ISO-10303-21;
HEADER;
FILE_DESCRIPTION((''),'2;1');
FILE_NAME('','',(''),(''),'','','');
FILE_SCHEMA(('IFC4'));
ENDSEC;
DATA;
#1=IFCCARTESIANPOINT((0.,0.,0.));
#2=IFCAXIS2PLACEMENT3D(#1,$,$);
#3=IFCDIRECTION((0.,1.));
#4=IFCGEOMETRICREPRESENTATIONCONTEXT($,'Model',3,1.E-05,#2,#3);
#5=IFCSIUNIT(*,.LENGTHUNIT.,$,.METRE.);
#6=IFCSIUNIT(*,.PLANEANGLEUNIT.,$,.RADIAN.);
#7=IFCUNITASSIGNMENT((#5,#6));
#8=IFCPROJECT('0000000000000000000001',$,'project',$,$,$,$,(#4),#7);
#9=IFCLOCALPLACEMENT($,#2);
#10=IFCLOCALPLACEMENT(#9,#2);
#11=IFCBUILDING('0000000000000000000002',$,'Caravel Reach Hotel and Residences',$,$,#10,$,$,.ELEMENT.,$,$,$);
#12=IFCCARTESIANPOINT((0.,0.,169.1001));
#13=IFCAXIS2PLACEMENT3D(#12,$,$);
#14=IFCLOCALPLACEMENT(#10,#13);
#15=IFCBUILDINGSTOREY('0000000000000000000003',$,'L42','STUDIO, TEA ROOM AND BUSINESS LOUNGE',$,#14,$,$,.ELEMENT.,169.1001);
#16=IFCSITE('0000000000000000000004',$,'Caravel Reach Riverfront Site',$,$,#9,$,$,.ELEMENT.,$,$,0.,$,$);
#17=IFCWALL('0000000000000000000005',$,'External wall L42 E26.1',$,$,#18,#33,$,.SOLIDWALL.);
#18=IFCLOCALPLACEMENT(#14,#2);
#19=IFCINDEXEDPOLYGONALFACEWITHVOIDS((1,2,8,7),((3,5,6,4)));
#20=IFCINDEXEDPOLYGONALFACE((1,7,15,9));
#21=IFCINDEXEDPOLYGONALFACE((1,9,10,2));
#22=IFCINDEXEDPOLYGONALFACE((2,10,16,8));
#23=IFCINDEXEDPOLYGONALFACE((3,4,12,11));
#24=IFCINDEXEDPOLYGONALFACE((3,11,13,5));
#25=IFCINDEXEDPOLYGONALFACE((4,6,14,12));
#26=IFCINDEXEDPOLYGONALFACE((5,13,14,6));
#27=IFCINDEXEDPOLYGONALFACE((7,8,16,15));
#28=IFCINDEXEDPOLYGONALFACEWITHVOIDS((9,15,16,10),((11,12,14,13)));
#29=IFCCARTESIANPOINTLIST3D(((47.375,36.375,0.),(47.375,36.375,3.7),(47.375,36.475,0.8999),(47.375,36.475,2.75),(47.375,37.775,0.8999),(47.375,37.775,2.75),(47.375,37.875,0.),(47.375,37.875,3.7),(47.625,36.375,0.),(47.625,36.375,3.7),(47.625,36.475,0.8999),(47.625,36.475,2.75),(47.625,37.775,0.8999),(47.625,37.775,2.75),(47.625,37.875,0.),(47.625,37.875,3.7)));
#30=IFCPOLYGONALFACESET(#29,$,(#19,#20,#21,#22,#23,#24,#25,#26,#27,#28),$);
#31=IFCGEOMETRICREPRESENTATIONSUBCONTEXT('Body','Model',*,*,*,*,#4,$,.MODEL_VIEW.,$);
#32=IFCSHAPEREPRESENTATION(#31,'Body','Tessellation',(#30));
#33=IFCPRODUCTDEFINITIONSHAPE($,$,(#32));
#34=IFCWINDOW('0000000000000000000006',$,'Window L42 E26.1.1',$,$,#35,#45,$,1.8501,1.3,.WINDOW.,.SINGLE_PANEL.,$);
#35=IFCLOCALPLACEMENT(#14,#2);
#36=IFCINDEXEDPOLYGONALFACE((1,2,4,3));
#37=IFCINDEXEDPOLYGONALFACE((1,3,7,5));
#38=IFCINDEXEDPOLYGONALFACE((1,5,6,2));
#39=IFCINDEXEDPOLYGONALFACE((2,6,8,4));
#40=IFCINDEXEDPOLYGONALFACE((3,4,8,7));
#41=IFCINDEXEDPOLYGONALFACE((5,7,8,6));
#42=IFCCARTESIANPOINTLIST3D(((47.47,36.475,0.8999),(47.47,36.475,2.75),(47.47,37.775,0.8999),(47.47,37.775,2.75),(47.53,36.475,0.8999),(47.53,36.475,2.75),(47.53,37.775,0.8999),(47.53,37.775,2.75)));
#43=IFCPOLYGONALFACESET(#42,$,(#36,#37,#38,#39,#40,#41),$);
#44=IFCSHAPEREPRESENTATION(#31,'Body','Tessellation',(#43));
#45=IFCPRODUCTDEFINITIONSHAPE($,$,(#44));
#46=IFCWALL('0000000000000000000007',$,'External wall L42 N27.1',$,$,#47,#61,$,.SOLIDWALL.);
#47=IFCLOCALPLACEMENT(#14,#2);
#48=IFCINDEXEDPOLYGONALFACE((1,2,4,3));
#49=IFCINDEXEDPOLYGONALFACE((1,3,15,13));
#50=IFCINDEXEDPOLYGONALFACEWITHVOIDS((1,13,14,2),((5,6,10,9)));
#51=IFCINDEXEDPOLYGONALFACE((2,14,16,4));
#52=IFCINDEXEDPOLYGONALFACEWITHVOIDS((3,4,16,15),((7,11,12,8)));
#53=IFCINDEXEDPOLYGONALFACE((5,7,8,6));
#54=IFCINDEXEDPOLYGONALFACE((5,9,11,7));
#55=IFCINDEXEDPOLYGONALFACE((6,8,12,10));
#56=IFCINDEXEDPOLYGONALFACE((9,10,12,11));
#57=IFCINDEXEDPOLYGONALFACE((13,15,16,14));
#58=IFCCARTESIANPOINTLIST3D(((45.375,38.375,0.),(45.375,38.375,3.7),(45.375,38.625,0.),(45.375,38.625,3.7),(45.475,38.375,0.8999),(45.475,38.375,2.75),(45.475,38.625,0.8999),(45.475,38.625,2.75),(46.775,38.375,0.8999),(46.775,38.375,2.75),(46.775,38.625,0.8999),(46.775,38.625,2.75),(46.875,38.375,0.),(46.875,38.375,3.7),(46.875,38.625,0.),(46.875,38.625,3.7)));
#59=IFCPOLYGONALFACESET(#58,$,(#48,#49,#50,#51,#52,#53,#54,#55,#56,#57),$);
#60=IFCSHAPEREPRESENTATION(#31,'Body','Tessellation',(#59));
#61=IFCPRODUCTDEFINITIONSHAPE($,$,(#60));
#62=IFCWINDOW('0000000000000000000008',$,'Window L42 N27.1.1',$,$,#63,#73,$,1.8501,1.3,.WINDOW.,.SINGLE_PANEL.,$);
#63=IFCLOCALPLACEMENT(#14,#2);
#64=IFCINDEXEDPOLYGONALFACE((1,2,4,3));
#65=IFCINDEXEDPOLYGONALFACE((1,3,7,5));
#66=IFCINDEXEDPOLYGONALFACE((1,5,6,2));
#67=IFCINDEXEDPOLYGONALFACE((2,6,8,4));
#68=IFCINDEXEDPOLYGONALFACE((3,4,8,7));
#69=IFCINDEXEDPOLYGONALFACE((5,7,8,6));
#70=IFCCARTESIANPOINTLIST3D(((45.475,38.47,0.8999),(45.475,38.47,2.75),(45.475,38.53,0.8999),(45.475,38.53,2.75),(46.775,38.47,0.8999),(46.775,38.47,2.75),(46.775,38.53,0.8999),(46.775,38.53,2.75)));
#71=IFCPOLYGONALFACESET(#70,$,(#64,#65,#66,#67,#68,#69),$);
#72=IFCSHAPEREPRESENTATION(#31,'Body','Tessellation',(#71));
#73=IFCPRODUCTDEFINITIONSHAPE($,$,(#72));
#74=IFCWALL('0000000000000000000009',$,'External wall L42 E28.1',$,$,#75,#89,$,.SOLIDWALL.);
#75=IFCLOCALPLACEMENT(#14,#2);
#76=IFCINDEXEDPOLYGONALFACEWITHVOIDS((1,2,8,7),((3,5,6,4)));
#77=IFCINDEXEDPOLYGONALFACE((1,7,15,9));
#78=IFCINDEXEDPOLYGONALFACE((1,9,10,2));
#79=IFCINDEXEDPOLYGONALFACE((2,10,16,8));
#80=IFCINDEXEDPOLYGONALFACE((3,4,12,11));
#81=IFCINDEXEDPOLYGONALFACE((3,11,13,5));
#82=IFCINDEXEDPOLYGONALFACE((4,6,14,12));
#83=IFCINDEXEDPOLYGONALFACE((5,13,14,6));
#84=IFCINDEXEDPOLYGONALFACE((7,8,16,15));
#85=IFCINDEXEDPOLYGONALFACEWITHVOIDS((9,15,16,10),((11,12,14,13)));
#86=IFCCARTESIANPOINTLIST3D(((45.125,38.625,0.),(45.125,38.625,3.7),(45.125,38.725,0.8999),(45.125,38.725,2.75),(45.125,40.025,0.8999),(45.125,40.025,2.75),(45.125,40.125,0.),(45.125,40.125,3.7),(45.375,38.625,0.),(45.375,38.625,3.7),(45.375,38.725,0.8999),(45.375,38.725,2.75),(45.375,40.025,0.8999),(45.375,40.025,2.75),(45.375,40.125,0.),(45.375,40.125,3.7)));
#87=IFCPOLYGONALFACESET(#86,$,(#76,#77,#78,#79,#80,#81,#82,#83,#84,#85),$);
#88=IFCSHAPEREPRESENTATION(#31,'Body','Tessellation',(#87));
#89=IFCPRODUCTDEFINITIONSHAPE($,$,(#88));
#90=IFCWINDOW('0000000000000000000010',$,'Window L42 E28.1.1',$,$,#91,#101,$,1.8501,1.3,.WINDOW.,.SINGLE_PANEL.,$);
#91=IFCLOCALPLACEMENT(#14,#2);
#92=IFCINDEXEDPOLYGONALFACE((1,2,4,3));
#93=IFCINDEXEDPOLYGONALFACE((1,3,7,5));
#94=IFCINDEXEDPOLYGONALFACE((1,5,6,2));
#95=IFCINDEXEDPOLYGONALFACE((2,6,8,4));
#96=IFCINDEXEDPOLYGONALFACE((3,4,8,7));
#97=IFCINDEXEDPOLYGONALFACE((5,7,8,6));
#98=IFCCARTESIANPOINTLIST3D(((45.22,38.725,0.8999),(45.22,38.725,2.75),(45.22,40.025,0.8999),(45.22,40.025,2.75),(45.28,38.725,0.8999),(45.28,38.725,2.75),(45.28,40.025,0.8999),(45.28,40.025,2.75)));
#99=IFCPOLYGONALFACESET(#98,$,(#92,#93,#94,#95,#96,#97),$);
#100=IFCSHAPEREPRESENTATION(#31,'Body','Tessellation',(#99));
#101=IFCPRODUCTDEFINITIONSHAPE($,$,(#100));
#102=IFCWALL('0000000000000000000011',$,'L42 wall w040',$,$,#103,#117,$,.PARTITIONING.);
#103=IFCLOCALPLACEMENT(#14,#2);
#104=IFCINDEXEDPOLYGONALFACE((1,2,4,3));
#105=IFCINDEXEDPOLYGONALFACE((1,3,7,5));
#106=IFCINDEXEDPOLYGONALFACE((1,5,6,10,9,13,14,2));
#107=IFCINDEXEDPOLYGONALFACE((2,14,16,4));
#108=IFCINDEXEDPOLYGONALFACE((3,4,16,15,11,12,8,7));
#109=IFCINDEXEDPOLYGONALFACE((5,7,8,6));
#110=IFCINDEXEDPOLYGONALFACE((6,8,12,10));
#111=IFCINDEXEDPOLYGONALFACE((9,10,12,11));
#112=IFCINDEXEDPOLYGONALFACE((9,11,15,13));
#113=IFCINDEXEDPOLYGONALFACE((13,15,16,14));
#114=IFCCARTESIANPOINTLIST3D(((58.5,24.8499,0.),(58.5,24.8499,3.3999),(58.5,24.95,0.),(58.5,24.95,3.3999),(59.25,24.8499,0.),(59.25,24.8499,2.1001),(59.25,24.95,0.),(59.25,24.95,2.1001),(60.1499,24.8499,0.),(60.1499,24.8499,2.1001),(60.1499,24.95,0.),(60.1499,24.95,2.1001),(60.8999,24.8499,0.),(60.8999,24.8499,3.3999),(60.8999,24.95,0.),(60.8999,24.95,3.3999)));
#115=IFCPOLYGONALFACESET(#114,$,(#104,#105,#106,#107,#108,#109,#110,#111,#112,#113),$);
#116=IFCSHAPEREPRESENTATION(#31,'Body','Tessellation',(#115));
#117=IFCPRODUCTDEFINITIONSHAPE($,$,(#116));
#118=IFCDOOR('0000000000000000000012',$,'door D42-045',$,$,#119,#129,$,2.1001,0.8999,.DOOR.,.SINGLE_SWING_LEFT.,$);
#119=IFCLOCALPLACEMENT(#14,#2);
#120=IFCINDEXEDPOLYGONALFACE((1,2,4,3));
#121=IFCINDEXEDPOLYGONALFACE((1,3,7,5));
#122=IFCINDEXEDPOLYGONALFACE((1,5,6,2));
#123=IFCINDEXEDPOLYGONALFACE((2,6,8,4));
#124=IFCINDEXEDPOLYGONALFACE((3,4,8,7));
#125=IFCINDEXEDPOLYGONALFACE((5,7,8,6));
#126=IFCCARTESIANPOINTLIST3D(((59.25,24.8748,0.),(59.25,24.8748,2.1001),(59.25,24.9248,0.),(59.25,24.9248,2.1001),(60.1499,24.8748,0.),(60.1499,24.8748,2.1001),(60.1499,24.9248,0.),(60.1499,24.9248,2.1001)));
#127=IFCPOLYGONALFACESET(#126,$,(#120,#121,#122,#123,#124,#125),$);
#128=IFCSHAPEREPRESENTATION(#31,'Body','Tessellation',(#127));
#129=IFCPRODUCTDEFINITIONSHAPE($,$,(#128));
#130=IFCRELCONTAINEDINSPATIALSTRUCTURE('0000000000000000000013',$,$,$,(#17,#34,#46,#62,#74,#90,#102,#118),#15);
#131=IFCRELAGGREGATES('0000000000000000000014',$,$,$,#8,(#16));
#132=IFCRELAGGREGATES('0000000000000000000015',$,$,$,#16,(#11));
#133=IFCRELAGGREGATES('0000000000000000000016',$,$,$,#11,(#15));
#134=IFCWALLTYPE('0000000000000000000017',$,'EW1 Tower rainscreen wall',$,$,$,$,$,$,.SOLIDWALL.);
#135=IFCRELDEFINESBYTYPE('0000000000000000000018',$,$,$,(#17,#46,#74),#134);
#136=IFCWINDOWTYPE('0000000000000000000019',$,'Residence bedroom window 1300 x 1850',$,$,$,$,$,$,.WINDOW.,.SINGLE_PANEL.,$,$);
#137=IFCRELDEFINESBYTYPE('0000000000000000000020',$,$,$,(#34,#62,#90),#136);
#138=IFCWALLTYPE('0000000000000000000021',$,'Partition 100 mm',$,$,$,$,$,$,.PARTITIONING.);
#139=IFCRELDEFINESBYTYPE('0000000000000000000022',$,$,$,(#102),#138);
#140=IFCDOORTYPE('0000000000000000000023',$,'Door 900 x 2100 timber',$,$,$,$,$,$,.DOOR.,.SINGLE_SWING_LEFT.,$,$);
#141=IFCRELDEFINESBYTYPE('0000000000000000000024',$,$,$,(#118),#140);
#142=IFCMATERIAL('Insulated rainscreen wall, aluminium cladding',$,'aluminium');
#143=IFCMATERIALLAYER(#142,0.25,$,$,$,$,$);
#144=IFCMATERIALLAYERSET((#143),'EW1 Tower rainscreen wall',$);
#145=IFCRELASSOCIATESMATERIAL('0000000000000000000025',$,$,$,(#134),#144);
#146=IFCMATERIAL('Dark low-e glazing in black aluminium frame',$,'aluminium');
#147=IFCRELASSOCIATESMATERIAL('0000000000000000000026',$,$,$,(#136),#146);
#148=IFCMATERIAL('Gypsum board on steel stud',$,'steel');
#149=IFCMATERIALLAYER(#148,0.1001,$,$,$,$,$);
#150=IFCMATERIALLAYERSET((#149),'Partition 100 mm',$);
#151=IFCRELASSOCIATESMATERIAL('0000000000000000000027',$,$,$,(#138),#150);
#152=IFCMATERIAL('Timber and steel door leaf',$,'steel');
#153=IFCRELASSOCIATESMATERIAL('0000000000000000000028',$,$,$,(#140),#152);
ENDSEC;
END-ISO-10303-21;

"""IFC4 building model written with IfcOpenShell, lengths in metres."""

from ifc_helpers import new_model, si_unit, direction, frame, frame_2d, origin, place, context, subcontext, project, spatial, rectangle, extrude, material, layer, layer_set, type_object, element, fill, save


model = new_model("IFC4")

# Units and contexts
model_context = context("Model", 3, precision=1e-05, world=origin(), true_north=direction((0.0, 1.0)))
body_context = subcontext(model_context, "Body", "Model", "MODEL_VIEW")
ifc_project = project(units=[si_unit("LENGTHUNIT", "METRE"), si_unit("PLANEANGLEUNIT", "RADIAN")], contexts=[model_context])

# Site, building, storey
site_placement = place(None, origin())
site = spatial("IfcSite", under=ifc_project, at=site_placement, Name="Caravel Reach Riverfront Site", CompositionType="ELEMENT", RefElevation=0.0)
building_placement = place(site_placement, origin())
building = spatial("IfcBuilding", under=site, at=building_placement, Name="Caravel Reach Hotel and Residences", CompositionType="ELEMENT")
storey_placement = place(building_placement, frame((0.0, 0.0, 169.1001)))
storey = spatial("IfcBuildingStorey", under=building, at=storey_placement, Name="L42", Description="STUDIO, TEA ROOM AND BUSINESS LOUNGE", CompositionType="ELEMENT", Elevation=169.1001)

# Shared definitions
ifc_material_1 = material(Name="Insulated rainscreen wall, aluminium cladding", Category="aluminium")
ifc_layer_1 = layer(ifc_material_1, 0.25)
ifc_layer_set_1 = layer_set([ifc_layer_1], Name="EW1 Tower rainscreen wall")
wall_type_1 = type_object("IfcWallType", Name="EW1 Tower rainscreen wall", PredefinedType="SOLIDWALL", material=ifc_layer_set_1)

# Walls, openings, windows
ifc_material_2 = material(Name="Dark low-e glazing in black aluminium frame", Category="aluminium")
window_type_1 = type_object("IfcWindowType", Name="Residence bedroom window 1300 x 1850", PartitioningType="SINGLE_PANEL", PredefinedType="WINDOW", material=ifc_material_2)
wall_1_placement = place(storey_placement, frame((47.5, 36.375, 0.0), z_axis=(0.0, 0.0, 1.0), x_axis=(0.0, 1.0, 0.0)))
wall_1 = element("IfcWall", 1, at=wall_1_placement, inside=storey, type_object=wall_type_1, Name="External wall L42 E26.1", PredefinedType="SOLIDWALL", context=body_context, shape_type="SweptSolid", body=[
    extrude(rectangle(XDim=1.5, YDim=0.25, at=frame_2d((0.75, 0.0))), origin(), (0.0, 0.0, 1.0), 3.7),
])
opening_1_placement = place(wall_1_placement, frame((0.1001, 0.0, 0.8999)))
opening_1 = element("IfcOpeningElement", 2, at=opening_1_placement, cuts=wall_1, PredefinedType="OPENING", context=body_context, shape_type="SweptSolid", body=[
    extrude(rectangle(XDim=1.3, YDim=1.8501, at=frame_2d((0.6499, 0.925))), frame((0.0, 0.135, 0.0), z_axis=(0.0, -1.0, 0.0), x_axis=(1.0, 0.0, 0.0)), (0.0, 0.0, 1.0), 0.27),
])
window_1_placement = place(opening_1_placement, origin())
window_1 = element("IfcWindow", 3, at=window_1_placement, inside=storey, type_object=window_type_1, Name="Window L42 E26.1.1", OverallHeight=1.8501, OverallWidth=1.3, PartitioningType="SINGLE_PANEL", PredefinedType="WINDOW", context=body_context, shape_type="SweptSolid", body=[
    extrude(rectangle(XDim=1.3, YDim=1.8501, at=frame_2d((0.6499, 0.925))), frame((0.0, 0.03, 0.0), z_axis=(0.0, -1.0, 0.0), x_axis=(1.0, 0.0, 0.0)), (0.0, 0.0, 1.0), 0.0601),
])
fill(opening_1, window_1)
wall_2_placement = place(storey_placement, frame((46.875, 38.5, 0.0), z_axis=(0.0, 0.0, 1.0), x_axis=(-1.0, 0.0, 0.0)))
wall_2 = element("IfcWall", 4, at=wall_2_placement, inside=storey, type_object=wall_type_1, Name="External wall L42 N27.1", PredefinedType="SOLIDWALL", context=body_context, shape_type="SweptSolid", body=[
    extrude(rectangle(XDim=1.5, YDim=0.25, at=frame_2d((0.75, 0.0))), origin(), (0.0, 0.0, 1.0), 3.7),
])
opening_2_placement = place(wall_2_placement, frame((0.1001, 0.0, 0.8999)))
opening_2 = element("IfcOpeningElement", 5, at=opening_2_placement, cuts=wall_2, PredefinedType="OPENING", context=body_context, shape_type="SweptSolid", body=[
    extrude(rectangle(XDim=1.3, YDim=1.8501, at=frame_2d((0.6499, 0.925))), frame((0.0, 0.135, 0.0), z_axis=(0.0, -1.0, 0.0), x_axis=(1.0, 0.0, 0.0)), (0.0, 0.0, 1.0), 0.27),
])
window_2_placement = place(opening_2_placement, origin())
window_2 = element("IfcWindow", 6, at=window_2_placement, inside=storey, type_object=window_type_1, Name="Window L42 N27.1.1", OverallHeight=1.8501, OverallWidth=1.3, PartitioningType="SINGLE_PANEL", PredefinedType="WINDOW", context=body_context, shape_type="SweptSolid", body=[
    extrude(rectangle(XDim=1.3, YDim=1.8501, at=frame_2d((0.6499, 0.925))), frame((0.0, 0.03, 0.0), z_axis=(0.0, -1.0, 0.0), x_axis=(1.0, 0.0, 0.0)), (0.0, 0.0, 1.0), 0.0601),
])
fill(opening_2, window_2)
wall_3_placement = place(storey_placement, frame((45.25, 38.625, 0.0), z_axis=(0.0, 0.0, 1.0), x_axis=(0.0, 1.0, 0.0)))
wall_3 = element("IfcWall", 7, at=wall_3_placement, inside=storey, type_object=wall_type_1, Name="External wall L42 E28.1", PredefinedType="SOLIDWALL", context=body_context, shape_type="SweptSolid", body=[
    extrude(rectangle(XDim=1.5, YDim=0.25, at=frame_2d((0.75, 0.0))), origin(), (0.0, 0.0, 1.0), 3.7),
])
opening_3_placement = place(wall_3_placement, frame((0.1001, 0.0, 0.8999)))
opening_3 = element("IfcOpeningElement", 8, at=opening_3_placement, cuts=wall_3, PredefinedType="OPENING", context=body_context, shape_type="SweptSolid", body=[
    extrude(rectangle(XDim=1.3, YDim=1.8501, at=frame_2d((0.6499, 0.925))), frame((0.0, 0.135, 0.0), z_axis=(0.0, -1.0, 0.0), x_axis=(1.0, 0.0, 0.0)), (0.0, 0.0, 1.0), 0.27),
])
window_3_placement = place(opening_3_placement, origin())
window_3 = element("IfcWindow", 9, at=window_3_placement, inside=storey, type_object=window_type_1, Name="Window L42 E28.1.1", OverallHeight=1.8501, OverallWidth=1.3, PartitioningType="SINGLE_PANEL", PredefinedType="WINDOW", context=body_context, shape_type="SweptSolid", body=[
    extrude(rectangle(XDim=1.3, YDim=1.8501, at=frame_2d((0.6499, 0.925))), frame((0.0, 0.03, 0.0), z_axis=(0.0, -1.0, 0.0), x_axis=(1.0, 0.0, 0.0)), (0.0, 0.0, 1.0), 0.0601),
])
fill(opening_3, window_3)

# Wall, opening, door
ifc_material_3 = material(Name="Gypsum board on steel stud", Category="steel")
ifc_layer_2 = layer(ifc_material_3, 0.1001)
ifc_layer_set_2 = layer_set([ifc_layer_2], Name="Partition 100 mm")
wall_type_2 = type_object("IfcWallType", Name="Partition 100 mm", PredefinedType="PARTITIONING", material=ifc_layer_set_2)
wall_4_placement = place(storey_placement, frame((58.5, 24.8999, 0.0), z_axis=(0.0, 0.0, 1.0), x_axis=(1.0, 0.0, 0.0)))
wall_4 = element("IfcWall", 10, at=wall_4_placement, inside=storey, type_object=wall_type_2, Name="L42 wall w040", PredefinedType="PARTITIONING", context=body_context, shape_type="SweptSolid", body=[
    extrude(rectangle(XDim=2.3999, YDim=0.1001, at=frame_2d((1.2, 0.0))), origin(), (0.0, 0.0, 1.0), 3.3999),
])
opening_4_placement = place(wall_4_placement, frame((0.75, 0.0, 0.0)))
opening_4 = element("IfcOpeningElement", 11, at=opening_4_placement, cuts=wall_4, PredefinedType="OPENING", context=body_context, shape_type="SweptSolid", body=[
    extrude(rectangle(XDim=0.8999, YDim=2.1001, at=frame_2d((0.45, 1.05))), frame((0.0, 0.0601, 0.0), z_axis=(0.0, -1.0, 0.0), x_axis=(1.0, 0.0, 0.0)), (0.0, 0.0, 1.0), 0.1201),
])
ifc_material_4 = material(Name="Timber and steel door leaf", Category="steel")
door_type_1 = type_object("IfcDoorType", Name="Door 900 x 2100 timber", OperationType="SINGLE_SWING_LEFT", PredefinedType="DOOR", material=ifc_material_4)
door_1_placement = place(opening_4_placement, origin())
door_1 = element("IfcDoor", 12, at=door_1_placement, inside=storey, type_object=door_type_1, Name="door D42-045", OperationType="SINGLE_SWING_LEFT", OverallHeight=2.1001, OverallWidth=0.8999, PredefinedType="DOOR", context=body_context, shape_type="SweptSolid", body=[
    extrude(rectangle(XDim=0.8999, YDim=2.1001, at=frame_2d((0.45, 1.05))), frame((0.0, 0.0249, 0.0), z_axis=(0.0, -1.0, 0.0), x_axis=(1.0, 0.0, 0.0)), (0.0, 0.0, 1.0), 0.05),
])
fill(opening_4, door_1)

save(model, "model.ifc")
